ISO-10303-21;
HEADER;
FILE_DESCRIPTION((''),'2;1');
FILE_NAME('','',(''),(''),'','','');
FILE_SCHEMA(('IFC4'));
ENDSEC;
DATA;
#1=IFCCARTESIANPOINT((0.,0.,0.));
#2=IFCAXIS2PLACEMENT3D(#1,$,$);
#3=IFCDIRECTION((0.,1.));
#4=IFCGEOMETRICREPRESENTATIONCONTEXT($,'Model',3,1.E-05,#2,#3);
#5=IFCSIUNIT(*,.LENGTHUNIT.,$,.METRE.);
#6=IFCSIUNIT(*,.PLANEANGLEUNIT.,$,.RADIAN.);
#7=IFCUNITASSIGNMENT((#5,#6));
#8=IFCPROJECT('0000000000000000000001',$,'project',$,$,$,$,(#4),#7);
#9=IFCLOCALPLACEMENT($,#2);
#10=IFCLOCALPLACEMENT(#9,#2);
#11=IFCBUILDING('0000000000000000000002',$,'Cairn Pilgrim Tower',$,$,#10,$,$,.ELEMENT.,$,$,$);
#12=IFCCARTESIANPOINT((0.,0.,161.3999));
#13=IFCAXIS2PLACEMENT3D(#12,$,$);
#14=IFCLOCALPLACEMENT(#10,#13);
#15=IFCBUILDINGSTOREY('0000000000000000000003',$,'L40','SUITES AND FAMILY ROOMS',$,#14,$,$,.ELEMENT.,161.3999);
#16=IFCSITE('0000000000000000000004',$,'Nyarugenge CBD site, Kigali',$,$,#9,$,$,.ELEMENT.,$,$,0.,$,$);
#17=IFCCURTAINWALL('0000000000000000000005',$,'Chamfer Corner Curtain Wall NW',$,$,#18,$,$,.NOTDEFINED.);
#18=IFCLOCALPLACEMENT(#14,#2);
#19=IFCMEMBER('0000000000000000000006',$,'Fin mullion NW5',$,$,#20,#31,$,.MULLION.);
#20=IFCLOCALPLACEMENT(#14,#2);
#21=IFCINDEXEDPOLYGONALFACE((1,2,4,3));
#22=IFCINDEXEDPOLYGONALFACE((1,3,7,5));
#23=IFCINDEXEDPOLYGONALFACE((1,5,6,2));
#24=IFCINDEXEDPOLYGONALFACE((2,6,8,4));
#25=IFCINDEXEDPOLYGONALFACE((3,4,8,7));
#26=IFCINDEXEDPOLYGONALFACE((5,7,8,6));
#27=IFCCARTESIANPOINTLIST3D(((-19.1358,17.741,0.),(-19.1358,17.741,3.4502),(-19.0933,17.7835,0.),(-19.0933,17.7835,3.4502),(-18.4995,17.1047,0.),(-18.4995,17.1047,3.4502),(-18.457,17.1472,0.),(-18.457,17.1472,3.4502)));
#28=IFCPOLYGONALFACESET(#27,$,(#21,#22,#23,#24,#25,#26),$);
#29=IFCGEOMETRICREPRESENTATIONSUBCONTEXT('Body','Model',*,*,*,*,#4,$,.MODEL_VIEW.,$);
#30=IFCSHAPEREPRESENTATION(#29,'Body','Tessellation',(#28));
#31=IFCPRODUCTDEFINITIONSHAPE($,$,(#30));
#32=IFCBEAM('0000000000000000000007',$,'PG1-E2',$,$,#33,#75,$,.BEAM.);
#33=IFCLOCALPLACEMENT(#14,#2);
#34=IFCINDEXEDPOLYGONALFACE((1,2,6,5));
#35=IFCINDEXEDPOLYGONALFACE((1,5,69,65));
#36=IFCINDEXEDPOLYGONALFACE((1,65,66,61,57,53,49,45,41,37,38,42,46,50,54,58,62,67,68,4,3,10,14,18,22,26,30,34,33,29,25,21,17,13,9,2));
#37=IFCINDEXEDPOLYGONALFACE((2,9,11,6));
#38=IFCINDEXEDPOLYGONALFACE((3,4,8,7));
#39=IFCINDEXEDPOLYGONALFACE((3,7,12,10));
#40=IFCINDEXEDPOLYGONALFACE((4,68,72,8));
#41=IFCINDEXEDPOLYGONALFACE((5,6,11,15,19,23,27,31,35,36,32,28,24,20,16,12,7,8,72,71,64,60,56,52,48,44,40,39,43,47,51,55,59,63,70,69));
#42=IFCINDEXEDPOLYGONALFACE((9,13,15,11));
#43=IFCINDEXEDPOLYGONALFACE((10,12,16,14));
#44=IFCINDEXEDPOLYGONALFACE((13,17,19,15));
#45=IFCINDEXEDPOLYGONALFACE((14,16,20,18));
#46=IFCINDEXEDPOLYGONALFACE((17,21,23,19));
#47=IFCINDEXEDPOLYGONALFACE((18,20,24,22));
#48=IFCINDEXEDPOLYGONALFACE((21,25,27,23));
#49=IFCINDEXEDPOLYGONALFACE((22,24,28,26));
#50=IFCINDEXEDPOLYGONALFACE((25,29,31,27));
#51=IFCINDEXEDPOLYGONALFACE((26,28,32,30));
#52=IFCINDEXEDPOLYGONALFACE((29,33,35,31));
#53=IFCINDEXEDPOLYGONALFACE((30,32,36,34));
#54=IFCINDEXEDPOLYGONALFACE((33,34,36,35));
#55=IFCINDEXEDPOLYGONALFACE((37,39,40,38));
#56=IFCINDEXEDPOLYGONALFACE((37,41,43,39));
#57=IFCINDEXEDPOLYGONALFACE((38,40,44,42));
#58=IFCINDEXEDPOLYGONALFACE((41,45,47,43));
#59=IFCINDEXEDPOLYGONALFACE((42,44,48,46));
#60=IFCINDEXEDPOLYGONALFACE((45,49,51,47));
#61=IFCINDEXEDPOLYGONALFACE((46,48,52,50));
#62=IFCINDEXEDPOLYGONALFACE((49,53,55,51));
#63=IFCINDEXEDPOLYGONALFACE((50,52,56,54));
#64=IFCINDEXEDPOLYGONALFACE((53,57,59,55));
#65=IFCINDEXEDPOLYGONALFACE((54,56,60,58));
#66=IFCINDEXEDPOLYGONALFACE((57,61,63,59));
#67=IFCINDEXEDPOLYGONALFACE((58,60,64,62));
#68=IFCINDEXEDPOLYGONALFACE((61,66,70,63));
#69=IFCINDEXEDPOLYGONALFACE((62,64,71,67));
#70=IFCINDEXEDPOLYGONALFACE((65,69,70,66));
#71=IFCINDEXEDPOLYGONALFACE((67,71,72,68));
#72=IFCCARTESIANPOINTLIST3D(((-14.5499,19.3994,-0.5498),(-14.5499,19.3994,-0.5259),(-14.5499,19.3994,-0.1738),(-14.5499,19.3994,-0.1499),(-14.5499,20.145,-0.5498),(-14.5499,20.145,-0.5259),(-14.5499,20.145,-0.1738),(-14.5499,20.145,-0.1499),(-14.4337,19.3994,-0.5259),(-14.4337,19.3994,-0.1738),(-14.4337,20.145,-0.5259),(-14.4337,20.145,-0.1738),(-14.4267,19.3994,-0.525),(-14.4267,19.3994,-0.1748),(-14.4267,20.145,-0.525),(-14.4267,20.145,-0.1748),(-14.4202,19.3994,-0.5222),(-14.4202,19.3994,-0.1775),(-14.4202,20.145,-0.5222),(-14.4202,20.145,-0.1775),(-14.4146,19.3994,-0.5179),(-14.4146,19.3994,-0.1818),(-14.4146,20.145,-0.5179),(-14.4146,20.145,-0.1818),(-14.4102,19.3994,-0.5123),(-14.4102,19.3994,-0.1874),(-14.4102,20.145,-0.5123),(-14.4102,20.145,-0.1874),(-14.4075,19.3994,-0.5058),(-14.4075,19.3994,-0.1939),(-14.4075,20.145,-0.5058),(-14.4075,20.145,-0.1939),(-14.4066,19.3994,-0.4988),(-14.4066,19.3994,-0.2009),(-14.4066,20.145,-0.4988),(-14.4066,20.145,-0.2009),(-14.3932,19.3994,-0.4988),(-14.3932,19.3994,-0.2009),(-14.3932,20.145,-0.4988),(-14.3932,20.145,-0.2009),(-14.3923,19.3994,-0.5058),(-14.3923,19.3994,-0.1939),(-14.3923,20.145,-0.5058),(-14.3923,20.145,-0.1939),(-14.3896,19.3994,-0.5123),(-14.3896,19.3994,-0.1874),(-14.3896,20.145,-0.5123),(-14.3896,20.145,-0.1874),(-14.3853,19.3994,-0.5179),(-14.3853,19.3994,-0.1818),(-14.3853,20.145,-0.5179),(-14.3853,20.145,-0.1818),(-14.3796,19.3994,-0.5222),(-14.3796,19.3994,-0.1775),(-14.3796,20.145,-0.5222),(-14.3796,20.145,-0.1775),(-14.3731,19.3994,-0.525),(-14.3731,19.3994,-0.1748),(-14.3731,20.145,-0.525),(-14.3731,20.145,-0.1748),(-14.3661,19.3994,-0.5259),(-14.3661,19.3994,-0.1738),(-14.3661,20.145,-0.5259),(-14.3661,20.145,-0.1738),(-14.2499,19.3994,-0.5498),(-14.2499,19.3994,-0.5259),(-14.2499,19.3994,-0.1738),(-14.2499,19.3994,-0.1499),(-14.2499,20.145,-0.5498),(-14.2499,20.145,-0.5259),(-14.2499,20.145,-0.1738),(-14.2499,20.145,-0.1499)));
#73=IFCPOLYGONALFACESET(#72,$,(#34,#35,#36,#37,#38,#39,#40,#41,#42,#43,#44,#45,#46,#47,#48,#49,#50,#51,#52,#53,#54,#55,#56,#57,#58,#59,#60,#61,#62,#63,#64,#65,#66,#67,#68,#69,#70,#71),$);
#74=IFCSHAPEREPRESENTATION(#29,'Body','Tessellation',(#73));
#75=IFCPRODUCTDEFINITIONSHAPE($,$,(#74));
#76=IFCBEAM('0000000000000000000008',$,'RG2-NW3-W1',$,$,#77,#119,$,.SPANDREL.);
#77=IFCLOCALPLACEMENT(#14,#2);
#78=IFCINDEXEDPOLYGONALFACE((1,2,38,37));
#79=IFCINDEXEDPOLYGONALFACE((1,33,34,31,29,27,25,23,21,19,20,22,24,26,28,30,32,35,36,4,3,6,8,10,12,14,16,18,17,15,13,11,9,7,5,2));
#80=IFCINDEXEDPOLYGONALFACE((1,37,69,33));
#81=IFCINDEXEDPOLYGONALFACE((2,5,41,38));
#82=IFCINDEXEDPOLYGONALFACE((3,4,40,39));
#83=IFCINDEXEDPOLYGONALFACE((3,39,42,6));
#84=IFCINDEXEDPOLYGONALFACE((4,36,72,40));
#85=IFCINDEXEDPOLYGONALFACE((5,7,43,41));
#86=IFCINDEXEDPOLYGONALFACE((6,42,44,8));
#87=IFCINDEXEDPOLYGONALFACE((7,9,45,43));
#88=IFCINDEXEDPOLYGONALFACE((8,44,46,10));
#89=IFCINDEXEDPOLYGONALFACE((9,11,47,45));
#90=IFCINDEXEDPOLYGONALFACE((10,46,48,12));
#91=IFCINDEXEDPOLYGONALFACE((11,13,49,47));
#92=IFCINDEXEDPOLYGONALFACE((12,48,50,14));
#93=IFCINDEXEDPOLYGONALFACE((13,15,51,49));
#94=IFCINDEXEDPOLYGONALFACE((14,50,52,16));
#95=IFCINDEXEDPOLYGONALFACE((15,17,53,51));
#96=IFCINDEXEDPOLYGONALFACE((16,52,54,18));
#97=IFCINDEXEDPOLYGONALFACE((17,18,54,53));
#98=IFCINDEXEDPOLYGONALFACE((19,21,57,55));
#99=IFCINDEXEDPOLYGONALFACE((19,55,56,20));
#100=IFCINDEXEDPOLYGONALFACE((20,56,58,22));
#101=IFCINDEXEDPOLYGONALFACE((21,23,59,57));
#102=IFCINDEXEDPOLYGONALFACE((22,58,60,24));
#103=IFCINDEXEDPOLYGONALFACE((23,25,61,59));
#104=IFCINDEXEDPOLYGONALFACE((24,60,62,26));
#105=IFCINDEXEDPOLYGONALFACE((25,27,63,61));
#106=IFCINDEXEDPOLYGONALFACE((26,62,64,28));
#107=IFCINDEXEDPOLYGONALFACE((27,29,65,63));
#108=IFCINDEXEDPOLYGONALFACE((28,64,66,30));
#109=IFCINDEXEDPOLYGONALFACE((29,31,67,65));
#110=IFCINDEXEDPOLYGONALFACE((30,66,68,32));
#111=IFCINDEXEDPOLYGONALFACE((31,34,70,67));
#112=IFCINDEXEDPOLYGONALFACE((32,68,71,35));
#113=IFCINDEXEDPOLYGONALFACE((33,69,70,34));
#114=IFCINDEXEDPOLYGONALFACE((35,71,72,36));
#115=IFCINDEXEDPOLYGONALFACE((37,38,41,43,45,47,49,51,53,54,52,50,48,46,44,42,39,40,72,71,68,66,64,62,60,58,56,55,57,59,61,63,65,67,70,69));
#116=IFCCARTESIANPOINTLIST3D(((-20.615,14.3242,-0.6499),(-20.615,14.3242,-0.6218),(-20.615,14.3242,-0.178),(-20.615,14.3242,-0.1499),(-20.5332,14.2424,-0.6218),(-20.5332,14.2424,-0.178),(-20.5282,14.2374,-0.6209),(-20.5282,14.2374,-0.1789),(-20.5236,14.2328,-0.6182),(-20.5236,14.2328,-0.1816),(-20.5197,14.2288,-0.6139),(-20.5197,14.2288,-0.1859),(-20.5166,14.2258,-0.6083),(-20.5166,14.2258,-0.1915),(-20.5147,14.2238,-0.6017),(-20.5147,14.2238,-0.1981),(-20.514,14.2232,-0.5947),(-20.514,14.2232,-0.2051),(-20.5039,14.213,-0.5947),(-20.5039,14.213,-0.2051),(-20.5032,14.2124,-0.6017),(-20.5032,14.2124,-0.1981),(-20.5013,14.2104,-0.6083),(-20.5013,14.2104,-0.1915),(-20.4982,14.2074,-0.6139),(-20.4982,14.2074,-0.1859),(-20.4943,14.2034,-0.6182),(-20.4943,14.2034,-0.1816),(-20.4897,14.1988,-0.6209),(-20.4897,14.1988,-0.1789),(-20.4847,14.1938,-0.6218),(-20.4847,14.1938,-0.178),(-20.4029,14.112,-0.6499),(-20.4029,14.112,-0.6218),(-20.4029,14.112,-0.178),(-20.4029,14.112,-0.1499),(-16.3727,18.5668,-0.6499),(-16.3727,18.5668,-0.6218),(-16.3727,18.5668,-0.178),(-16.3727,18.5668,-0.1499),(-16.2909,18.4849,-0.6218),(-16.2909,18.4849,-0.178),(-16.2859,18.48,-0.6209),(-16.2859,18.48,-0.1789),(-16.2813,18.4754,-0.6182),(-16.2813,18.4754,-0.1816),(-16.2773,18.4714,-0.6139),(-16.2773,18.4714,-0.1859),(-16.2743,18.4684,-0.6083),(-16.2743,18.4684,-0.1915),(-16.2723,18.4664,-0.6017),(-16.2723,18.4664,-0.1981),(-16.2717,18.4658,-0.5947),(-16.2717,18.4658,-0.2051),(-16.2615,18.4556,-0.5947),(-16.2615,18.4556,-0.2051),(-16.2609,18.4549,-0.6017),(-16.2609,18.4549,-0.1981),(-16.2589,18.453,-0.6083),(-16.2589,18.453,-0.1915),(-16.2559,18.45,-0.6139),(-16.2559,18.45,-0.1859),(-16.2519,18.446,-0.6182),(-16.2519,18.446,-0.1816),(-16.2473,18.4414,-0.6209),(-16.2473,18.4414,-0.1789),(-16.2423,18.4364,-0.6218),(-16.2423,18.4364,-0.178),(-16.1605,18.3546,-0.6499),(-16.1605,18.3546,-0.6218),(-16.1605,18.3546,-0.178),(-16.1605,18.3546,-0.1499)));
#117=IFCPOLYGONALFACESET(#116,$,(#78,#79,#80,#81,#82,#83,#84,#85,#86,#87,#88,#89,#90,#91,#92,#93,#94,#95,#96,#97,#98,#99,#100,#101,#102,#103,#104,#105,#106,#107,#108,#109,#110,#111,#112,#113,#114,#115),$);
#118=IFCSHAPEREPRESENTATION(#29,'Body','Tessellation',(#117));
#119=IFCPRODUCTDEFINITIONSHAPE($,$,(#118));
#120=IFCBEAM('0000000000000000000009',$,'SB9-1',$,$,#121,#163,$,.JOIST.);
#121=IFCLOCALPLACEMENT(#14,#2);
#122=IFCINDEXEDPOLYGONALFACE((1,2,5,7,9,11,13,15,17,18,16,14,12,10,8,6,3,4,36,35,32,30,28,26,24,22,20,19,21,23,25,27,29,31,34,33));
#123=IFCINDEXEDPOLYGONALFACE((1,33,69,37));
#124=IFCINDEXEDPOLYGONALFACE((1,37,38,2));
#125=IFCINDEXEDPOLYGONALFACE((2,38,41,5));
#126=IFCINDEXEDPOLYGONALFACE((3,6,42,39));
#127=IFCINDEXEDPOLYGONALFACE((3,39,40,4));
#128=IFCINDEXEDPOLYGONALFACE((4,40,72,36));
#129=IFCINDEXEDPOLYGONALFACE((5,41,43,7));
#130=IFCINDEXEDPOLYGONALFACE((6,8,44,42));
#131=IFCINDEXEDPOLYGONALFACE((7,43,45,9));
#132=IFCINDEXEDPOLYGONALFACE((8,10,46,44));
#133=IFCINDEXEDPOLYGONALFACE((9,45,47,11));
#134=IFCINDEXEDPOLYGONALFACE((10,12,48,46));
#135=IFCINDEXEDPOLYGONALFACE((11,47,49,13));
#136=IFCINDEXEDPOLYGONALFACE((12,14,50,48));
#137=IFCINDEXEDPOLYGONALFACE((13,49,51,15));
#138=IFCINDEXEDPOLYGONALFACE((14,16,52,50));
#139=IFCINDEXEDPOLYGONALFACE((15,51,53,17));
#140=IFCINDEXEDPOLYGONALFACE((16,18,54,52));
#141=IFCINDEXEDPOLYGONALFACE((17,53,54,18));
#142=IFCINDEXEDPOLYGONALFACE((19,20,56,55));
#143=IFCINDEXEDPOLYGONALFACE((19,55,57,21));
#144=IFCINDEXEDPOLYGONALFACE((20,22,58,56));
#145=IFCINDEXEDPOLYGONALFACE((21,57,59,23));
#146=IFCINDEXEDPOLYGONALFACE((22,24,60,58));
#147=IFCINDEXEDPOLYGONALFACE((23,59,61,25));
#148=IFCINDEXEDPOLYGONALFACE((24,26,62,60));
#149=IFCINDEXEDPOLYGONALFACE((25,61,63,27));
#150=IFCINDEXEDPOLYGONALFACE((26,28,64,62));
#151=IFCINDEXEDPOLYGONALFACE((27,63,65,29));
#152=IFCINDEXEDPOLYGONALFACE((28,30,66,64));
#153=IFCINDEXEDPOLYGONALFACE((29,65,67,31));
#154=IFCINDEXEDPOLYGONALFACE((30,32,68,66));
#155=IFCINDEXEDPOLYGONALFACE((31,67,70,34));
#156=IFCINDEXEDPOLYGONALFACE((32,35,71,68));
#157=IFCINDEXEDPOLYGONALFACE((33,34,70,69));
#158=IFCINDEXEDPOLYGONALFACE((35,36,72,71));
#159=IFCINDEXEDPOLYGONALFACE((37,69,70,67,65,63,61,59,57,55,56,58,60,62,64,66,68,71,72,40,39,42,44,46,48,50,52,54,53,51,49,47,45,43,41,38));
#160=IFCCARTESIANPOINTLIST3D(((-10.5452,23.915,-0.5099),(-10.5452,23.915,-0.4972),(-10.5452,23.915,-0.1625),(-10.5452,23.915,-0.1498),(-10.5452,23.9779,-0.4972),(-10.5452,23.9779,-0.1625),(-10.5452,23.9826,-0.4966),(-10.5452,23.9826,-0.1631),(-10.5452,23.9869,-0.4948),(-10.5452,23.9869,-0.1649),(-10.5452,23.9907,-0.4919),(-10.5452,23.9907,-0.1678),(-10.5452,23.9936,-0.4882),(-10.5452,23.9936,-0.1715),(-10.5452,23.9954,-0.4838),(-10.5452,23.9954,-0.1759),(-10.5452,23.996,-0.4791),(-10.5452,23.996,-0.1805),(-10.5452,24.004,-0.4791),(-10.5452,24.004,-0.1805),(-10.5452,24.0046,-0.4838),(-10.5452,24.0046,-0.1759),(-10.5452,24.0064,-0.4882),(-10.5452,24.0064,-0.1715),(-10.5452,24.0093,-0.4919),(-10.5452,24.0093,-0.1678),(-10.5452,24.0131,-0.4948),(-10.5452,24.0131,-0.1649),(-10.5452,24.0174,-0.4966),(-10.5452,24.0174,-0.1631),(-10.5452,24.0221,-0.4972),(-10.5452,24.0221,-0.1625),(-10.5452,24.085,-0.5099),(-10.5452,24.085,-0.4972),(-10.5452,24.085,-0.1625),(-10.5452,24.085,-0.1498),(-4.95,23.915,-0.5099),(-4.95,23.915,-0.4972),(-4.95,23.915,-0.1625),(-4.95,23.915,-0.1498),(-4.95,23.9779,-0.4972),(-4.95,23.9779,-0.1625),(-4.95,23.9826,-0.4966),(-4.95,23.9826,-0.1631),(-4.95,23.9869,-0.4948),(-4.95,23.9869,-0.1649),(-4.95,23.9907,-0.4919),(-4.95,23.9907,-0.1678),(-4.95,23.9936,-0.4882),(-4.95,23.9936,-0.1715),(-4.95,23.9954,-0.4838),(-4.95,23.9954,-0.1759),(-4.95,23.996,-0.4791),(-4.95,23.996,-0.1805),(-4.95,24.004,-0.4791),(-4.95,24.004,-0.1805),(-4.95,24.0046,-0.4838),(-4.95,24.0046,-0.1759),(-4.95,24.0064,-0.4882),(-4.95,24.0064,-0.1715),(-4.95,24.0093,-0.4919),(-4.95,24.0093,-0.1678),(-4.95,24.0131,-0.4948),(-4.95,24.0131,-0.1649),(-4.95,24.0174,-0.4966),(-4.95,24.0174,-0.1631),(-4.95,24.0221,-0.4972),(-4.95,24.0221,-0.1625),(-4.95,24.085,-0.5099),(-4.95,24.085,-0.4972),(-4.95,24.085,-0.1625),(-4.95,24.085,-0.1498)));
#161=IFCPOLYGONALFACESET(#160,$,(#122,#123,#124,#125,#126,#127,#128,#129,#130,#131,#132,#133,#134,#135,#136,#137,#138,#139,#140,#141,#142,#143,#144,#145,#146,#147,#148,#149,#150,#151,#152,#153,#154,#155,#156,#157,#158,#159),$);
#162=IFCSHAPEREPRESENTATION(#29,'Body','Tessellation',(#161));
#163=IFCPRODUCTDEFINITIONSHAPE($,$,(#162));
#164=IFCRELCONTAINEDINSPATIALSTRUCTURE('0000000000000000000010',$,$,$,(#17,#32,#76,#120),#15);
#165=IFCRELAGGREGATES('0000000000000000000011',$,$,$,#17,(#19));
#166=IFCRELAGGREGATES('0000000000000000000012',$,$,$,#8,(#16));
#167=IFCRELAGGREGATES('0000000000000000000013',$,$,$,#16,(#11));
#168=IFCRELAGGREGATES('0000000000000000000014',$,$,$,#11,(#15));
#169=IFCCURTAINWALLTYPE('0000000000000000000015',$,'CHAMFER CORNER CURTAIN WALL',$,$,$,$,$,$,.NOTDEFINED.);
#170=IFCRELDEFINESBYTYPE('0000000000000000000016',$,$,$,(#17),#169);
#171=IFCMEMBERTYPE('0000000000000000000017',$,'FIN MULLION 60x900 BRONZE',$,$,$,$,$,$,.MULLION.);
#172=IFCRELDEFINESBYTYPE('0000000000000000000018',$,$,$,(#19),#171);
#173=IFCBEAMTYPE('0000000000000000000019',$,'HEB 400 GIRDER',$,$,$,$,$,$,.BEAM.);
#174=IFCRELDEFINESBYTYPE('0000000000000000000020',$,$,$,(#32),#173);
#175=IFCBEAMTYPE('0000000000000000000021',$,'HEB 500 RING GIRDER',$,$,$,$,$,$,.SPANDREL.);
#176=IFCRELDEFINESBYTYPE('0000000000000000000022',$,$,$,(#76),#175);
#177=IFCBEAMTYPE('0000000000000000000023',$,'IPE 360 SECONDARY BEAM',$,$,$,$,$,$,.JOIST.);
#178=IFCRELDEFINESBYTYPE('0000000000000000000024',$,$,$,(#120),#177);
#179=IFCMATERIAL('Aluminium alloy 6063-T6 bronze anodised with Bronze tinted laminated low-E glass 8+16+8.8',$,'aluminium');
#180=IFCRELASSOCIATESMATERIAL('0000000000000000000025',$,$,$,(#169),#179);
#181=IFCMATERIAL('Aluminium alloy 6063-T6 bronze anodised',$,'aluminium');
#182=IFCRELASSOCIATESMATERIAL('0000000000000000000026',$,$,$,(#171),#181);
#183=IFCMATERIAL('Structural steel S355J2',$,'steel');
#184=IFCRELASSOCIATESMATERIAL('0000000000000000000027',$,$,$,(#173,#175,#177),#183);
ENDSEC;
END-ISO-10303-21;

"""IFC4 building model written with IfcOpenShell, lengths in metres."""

from ifc_helpers import new_model, si_unit, direction, frame, origin, origin_2d, place, context, subcontext, project, spatial, rectangle, i_section, extrude, material, material_profile, profile_set, type_object, element, aggregate, save


model = new_model("IFC4")

# Units and contexts
model_context = context("Model", 3, precision=1e-05, world=origin(), true_north=direction((0.0, 1.0)))
body_context = subcontext(model_context, "Body", "Model", "MODEL_VIEW")
ifc_project = project(units=[si_unit("LENGTHUNIT", "METRE"), si_unit("PLANEANGLEUNIT", "RADIAN")], contexts=[model_context])

# Site, building, storey
site_placement = place(None, origin())
site = spatial("IfcSite", under=ifc_project, at=site_placement, Name="Nyarugenge CBD site, Kigali", CompositionType="ELEMENT", RefElevation=0.0)
building_placement = place(site_placement, origin())
building = spatial("IfcBuilding", under=site, at=building_placement, Name="Cairn Pilgrim Tower", CompositionType="ELEMENT")
storey_placement = place(building_placement, frame((0.0, 0.0, 161.3999)))
storey = spatial("IfcBuildingStorey", under=building, at=storey_placement, Name="L40", Description="SUITES AND FAMILY ROOMS", CompositionType="ELEMENT", Elevation=161.3999)

# Shared definitions
ifc_material_1 = material(Name="Structural steel S355J2", Category="steel")

# Curtain wall, member
ifc_material_2 = material(Name="Aluminium alloy 6063-T6 bronze anodised with Bronze tinted laminated low-E glass 8+16+8.8", Category="aluminium")
curtain_wall_type = type_object("IfcCurtainWallType", Name="CHAMFER CORNER CURTAIN WALL", PredefinedType="NOTDEFINED", material=ifc_material_2)
curtain_wall_placement = place(storey_placement, origin())
curtain_wall = element("IfcCurtainWall", 1, at=curtain_wall_placement, inside=storey, type_object=curtain_wall_type, Name="Chamfer Corner Curtain Wall NW", PredefinedType="NOTDEFINED")
ifc_material_3 = material(Name="Aluminium alloy 6063-T6 bronze anodised", Category="aluminium")
ifc_material_profile_1 = material_profile(ifc_material_3, rectangle(XDim=0.8999, YDim=0.0601, at=origin_2d()), Name="FIN MULLION 60x900 BRONZE")
ifc_profile_set_1 = profile_set([ifc_material_profile_1], Name="Aluminium alloy 6063-T6 bronze anodised")
member_type_1 = type_object("IfcMemberType", Name="FIN MULLION 60x900 BRONZE", PredefinedType="MULLION", material=ifc_profile_set_1)
member_1_placement = place(storey_placement, frame((-18.7964, 17.4441, 0.0), z_axis=(0.0, 0.0, 1.0), x_axis=(-0.707107, 0.707107, 0.0)))
member_1 = element("IfcMember", 2, at=member_1_placement, type_object=member_type_1, Name="Fin mullion NW5", PredefinedType="MULLION", context=body_context, shape_type="SweptSolid", body=[
    extrude(rectangle(XDim=0.8999, YDim=0.0601, at=origin_2d()), origin(), (0.0, 0.0, 1.0), 3.4502),
])

# Beams
ifc_material_profile_2 = material_profile(ifc_material_1, i_section(OverallWidth=0.3, OverallDepth=0.3999, WebThickness=0.0134, FlangeThickness=0.0239, FilletRadius=0.0271, at=origin_2d()), Name="HEB 400")
ifc_profile_set_2 = profile_set([ifc_material_profile_2], Name="Structural steel S355J2")
beam_type_1 = type_object("IfcBeamType", Name="HEB 400 GIRDER", PredefinedType="BEAM", material=ifc_profile_set_2)
beam_1_placement = place(storey_placement, frame((-14.3999, 19.3994, -0.3499), z_axis=(0.0, 1.0, 0.0), x_axis=(-1.0, 0.0, 0.0)))
element("IfcBeam", 3, at=beam_1_placement, inside=storey, type_object=beam_type_1, Name="PG1-E2", PredefinedType="BEAM", context=body_context, shape_type="SweptSolid", body=[
    extrude(i_section(OverallWidth=0.3, OverallDepth=0.3999, WebThickness=0.0134, FlangeThickness=0.0239, FilletRadius=0.0271, at=origin_2d()), origin(), (0.0, 0.0, 1.0), 0.7456),
])
ifc_material_profile_3 = material_profile(ifc_material_1, i_section(OverallWidth=0.3, OverallDepth=0.5, WebThickness=0.0144, FlangeThickness=0.0281, FilletRadius=0.0271, at=origin_2d()), Name="HEB 500")
ifc_profile_set_3 = profile_set([ifc_material_profile_3], Name="Structural steel S355J2")
beam_type_2 = type_object("IfcBeamType", Name="HEB 500 RING GIRDER", PredefinedType="SPANDREL", material=ifc_profile_set_3)
beam_2_placement = place(storey_placement, frame((-16.2666, 18.4607, -0.3999), z_axis=(-0.707086, -0.707127, 0.0), x_axis=(0.707127, -0.707086, 0.0)))
element("IfcBeam", 4, at=beam_2_placement, inside=storey, type_object=beam_type_2, Name="RG2-NW3-W1", PredefinedType="SPANDREL", context=body_context, shape_type="SweptSolid", body=[
    extrude(i_section(OverallWidth=0.3, OverallDepth=0.5, WebThickness=0.0144, FlangeThickness=0.0281, FilletRadius=0.0271, at=origin_2d()), origin(), (0.0, 0.0, 1.0), 5.9998),
])
ifc_material_profile_4 = material_profile(ifc_material_1, i_section(OverallWidth=0.1699, OverallDepth=0.3601, WebThickness=0.0081, FlangeThickness=0.0127, FilletRadius=0.0181, at=origin_2d()), Name="IPE 360")
ifc_profile_set_4 = profile_set([ifc_material_profile_4], Name="Structural steel S355J2")
beam_type_3 = type_object("IfcBeamType", Name="IPE 360 SECONDARY BEAM", PredefinedType="JOIST", material=ifc_profile_set_4)
beam_3_placement = place(storey_placement, frame((-10.5452, 24.0, -0.3298), z_axis=(1.0, 0.0, 0.0), x_axis=(0.0, 1.0, 0.0)))
element("IfcBeam", 5, at=beam_3_placement, inside=storey, type_object=beam_type_3, Name="SB9-1", PredefinedType="JOIST", context=body_context, shape_type="SweptSolid", body=[
    extrude(i_section(OverallWidth=0.1699, OverallDepth=0.3601, WebThickness=0.0081, FlangeThickness=0.0127, FilletRadius=0.0181, at=origin_2d()), origin(), (0.0, 0.0, 1.0), 5.5952),
])

aggregate(curtain_wall, [member_1])

save(model, "model.ifc")
